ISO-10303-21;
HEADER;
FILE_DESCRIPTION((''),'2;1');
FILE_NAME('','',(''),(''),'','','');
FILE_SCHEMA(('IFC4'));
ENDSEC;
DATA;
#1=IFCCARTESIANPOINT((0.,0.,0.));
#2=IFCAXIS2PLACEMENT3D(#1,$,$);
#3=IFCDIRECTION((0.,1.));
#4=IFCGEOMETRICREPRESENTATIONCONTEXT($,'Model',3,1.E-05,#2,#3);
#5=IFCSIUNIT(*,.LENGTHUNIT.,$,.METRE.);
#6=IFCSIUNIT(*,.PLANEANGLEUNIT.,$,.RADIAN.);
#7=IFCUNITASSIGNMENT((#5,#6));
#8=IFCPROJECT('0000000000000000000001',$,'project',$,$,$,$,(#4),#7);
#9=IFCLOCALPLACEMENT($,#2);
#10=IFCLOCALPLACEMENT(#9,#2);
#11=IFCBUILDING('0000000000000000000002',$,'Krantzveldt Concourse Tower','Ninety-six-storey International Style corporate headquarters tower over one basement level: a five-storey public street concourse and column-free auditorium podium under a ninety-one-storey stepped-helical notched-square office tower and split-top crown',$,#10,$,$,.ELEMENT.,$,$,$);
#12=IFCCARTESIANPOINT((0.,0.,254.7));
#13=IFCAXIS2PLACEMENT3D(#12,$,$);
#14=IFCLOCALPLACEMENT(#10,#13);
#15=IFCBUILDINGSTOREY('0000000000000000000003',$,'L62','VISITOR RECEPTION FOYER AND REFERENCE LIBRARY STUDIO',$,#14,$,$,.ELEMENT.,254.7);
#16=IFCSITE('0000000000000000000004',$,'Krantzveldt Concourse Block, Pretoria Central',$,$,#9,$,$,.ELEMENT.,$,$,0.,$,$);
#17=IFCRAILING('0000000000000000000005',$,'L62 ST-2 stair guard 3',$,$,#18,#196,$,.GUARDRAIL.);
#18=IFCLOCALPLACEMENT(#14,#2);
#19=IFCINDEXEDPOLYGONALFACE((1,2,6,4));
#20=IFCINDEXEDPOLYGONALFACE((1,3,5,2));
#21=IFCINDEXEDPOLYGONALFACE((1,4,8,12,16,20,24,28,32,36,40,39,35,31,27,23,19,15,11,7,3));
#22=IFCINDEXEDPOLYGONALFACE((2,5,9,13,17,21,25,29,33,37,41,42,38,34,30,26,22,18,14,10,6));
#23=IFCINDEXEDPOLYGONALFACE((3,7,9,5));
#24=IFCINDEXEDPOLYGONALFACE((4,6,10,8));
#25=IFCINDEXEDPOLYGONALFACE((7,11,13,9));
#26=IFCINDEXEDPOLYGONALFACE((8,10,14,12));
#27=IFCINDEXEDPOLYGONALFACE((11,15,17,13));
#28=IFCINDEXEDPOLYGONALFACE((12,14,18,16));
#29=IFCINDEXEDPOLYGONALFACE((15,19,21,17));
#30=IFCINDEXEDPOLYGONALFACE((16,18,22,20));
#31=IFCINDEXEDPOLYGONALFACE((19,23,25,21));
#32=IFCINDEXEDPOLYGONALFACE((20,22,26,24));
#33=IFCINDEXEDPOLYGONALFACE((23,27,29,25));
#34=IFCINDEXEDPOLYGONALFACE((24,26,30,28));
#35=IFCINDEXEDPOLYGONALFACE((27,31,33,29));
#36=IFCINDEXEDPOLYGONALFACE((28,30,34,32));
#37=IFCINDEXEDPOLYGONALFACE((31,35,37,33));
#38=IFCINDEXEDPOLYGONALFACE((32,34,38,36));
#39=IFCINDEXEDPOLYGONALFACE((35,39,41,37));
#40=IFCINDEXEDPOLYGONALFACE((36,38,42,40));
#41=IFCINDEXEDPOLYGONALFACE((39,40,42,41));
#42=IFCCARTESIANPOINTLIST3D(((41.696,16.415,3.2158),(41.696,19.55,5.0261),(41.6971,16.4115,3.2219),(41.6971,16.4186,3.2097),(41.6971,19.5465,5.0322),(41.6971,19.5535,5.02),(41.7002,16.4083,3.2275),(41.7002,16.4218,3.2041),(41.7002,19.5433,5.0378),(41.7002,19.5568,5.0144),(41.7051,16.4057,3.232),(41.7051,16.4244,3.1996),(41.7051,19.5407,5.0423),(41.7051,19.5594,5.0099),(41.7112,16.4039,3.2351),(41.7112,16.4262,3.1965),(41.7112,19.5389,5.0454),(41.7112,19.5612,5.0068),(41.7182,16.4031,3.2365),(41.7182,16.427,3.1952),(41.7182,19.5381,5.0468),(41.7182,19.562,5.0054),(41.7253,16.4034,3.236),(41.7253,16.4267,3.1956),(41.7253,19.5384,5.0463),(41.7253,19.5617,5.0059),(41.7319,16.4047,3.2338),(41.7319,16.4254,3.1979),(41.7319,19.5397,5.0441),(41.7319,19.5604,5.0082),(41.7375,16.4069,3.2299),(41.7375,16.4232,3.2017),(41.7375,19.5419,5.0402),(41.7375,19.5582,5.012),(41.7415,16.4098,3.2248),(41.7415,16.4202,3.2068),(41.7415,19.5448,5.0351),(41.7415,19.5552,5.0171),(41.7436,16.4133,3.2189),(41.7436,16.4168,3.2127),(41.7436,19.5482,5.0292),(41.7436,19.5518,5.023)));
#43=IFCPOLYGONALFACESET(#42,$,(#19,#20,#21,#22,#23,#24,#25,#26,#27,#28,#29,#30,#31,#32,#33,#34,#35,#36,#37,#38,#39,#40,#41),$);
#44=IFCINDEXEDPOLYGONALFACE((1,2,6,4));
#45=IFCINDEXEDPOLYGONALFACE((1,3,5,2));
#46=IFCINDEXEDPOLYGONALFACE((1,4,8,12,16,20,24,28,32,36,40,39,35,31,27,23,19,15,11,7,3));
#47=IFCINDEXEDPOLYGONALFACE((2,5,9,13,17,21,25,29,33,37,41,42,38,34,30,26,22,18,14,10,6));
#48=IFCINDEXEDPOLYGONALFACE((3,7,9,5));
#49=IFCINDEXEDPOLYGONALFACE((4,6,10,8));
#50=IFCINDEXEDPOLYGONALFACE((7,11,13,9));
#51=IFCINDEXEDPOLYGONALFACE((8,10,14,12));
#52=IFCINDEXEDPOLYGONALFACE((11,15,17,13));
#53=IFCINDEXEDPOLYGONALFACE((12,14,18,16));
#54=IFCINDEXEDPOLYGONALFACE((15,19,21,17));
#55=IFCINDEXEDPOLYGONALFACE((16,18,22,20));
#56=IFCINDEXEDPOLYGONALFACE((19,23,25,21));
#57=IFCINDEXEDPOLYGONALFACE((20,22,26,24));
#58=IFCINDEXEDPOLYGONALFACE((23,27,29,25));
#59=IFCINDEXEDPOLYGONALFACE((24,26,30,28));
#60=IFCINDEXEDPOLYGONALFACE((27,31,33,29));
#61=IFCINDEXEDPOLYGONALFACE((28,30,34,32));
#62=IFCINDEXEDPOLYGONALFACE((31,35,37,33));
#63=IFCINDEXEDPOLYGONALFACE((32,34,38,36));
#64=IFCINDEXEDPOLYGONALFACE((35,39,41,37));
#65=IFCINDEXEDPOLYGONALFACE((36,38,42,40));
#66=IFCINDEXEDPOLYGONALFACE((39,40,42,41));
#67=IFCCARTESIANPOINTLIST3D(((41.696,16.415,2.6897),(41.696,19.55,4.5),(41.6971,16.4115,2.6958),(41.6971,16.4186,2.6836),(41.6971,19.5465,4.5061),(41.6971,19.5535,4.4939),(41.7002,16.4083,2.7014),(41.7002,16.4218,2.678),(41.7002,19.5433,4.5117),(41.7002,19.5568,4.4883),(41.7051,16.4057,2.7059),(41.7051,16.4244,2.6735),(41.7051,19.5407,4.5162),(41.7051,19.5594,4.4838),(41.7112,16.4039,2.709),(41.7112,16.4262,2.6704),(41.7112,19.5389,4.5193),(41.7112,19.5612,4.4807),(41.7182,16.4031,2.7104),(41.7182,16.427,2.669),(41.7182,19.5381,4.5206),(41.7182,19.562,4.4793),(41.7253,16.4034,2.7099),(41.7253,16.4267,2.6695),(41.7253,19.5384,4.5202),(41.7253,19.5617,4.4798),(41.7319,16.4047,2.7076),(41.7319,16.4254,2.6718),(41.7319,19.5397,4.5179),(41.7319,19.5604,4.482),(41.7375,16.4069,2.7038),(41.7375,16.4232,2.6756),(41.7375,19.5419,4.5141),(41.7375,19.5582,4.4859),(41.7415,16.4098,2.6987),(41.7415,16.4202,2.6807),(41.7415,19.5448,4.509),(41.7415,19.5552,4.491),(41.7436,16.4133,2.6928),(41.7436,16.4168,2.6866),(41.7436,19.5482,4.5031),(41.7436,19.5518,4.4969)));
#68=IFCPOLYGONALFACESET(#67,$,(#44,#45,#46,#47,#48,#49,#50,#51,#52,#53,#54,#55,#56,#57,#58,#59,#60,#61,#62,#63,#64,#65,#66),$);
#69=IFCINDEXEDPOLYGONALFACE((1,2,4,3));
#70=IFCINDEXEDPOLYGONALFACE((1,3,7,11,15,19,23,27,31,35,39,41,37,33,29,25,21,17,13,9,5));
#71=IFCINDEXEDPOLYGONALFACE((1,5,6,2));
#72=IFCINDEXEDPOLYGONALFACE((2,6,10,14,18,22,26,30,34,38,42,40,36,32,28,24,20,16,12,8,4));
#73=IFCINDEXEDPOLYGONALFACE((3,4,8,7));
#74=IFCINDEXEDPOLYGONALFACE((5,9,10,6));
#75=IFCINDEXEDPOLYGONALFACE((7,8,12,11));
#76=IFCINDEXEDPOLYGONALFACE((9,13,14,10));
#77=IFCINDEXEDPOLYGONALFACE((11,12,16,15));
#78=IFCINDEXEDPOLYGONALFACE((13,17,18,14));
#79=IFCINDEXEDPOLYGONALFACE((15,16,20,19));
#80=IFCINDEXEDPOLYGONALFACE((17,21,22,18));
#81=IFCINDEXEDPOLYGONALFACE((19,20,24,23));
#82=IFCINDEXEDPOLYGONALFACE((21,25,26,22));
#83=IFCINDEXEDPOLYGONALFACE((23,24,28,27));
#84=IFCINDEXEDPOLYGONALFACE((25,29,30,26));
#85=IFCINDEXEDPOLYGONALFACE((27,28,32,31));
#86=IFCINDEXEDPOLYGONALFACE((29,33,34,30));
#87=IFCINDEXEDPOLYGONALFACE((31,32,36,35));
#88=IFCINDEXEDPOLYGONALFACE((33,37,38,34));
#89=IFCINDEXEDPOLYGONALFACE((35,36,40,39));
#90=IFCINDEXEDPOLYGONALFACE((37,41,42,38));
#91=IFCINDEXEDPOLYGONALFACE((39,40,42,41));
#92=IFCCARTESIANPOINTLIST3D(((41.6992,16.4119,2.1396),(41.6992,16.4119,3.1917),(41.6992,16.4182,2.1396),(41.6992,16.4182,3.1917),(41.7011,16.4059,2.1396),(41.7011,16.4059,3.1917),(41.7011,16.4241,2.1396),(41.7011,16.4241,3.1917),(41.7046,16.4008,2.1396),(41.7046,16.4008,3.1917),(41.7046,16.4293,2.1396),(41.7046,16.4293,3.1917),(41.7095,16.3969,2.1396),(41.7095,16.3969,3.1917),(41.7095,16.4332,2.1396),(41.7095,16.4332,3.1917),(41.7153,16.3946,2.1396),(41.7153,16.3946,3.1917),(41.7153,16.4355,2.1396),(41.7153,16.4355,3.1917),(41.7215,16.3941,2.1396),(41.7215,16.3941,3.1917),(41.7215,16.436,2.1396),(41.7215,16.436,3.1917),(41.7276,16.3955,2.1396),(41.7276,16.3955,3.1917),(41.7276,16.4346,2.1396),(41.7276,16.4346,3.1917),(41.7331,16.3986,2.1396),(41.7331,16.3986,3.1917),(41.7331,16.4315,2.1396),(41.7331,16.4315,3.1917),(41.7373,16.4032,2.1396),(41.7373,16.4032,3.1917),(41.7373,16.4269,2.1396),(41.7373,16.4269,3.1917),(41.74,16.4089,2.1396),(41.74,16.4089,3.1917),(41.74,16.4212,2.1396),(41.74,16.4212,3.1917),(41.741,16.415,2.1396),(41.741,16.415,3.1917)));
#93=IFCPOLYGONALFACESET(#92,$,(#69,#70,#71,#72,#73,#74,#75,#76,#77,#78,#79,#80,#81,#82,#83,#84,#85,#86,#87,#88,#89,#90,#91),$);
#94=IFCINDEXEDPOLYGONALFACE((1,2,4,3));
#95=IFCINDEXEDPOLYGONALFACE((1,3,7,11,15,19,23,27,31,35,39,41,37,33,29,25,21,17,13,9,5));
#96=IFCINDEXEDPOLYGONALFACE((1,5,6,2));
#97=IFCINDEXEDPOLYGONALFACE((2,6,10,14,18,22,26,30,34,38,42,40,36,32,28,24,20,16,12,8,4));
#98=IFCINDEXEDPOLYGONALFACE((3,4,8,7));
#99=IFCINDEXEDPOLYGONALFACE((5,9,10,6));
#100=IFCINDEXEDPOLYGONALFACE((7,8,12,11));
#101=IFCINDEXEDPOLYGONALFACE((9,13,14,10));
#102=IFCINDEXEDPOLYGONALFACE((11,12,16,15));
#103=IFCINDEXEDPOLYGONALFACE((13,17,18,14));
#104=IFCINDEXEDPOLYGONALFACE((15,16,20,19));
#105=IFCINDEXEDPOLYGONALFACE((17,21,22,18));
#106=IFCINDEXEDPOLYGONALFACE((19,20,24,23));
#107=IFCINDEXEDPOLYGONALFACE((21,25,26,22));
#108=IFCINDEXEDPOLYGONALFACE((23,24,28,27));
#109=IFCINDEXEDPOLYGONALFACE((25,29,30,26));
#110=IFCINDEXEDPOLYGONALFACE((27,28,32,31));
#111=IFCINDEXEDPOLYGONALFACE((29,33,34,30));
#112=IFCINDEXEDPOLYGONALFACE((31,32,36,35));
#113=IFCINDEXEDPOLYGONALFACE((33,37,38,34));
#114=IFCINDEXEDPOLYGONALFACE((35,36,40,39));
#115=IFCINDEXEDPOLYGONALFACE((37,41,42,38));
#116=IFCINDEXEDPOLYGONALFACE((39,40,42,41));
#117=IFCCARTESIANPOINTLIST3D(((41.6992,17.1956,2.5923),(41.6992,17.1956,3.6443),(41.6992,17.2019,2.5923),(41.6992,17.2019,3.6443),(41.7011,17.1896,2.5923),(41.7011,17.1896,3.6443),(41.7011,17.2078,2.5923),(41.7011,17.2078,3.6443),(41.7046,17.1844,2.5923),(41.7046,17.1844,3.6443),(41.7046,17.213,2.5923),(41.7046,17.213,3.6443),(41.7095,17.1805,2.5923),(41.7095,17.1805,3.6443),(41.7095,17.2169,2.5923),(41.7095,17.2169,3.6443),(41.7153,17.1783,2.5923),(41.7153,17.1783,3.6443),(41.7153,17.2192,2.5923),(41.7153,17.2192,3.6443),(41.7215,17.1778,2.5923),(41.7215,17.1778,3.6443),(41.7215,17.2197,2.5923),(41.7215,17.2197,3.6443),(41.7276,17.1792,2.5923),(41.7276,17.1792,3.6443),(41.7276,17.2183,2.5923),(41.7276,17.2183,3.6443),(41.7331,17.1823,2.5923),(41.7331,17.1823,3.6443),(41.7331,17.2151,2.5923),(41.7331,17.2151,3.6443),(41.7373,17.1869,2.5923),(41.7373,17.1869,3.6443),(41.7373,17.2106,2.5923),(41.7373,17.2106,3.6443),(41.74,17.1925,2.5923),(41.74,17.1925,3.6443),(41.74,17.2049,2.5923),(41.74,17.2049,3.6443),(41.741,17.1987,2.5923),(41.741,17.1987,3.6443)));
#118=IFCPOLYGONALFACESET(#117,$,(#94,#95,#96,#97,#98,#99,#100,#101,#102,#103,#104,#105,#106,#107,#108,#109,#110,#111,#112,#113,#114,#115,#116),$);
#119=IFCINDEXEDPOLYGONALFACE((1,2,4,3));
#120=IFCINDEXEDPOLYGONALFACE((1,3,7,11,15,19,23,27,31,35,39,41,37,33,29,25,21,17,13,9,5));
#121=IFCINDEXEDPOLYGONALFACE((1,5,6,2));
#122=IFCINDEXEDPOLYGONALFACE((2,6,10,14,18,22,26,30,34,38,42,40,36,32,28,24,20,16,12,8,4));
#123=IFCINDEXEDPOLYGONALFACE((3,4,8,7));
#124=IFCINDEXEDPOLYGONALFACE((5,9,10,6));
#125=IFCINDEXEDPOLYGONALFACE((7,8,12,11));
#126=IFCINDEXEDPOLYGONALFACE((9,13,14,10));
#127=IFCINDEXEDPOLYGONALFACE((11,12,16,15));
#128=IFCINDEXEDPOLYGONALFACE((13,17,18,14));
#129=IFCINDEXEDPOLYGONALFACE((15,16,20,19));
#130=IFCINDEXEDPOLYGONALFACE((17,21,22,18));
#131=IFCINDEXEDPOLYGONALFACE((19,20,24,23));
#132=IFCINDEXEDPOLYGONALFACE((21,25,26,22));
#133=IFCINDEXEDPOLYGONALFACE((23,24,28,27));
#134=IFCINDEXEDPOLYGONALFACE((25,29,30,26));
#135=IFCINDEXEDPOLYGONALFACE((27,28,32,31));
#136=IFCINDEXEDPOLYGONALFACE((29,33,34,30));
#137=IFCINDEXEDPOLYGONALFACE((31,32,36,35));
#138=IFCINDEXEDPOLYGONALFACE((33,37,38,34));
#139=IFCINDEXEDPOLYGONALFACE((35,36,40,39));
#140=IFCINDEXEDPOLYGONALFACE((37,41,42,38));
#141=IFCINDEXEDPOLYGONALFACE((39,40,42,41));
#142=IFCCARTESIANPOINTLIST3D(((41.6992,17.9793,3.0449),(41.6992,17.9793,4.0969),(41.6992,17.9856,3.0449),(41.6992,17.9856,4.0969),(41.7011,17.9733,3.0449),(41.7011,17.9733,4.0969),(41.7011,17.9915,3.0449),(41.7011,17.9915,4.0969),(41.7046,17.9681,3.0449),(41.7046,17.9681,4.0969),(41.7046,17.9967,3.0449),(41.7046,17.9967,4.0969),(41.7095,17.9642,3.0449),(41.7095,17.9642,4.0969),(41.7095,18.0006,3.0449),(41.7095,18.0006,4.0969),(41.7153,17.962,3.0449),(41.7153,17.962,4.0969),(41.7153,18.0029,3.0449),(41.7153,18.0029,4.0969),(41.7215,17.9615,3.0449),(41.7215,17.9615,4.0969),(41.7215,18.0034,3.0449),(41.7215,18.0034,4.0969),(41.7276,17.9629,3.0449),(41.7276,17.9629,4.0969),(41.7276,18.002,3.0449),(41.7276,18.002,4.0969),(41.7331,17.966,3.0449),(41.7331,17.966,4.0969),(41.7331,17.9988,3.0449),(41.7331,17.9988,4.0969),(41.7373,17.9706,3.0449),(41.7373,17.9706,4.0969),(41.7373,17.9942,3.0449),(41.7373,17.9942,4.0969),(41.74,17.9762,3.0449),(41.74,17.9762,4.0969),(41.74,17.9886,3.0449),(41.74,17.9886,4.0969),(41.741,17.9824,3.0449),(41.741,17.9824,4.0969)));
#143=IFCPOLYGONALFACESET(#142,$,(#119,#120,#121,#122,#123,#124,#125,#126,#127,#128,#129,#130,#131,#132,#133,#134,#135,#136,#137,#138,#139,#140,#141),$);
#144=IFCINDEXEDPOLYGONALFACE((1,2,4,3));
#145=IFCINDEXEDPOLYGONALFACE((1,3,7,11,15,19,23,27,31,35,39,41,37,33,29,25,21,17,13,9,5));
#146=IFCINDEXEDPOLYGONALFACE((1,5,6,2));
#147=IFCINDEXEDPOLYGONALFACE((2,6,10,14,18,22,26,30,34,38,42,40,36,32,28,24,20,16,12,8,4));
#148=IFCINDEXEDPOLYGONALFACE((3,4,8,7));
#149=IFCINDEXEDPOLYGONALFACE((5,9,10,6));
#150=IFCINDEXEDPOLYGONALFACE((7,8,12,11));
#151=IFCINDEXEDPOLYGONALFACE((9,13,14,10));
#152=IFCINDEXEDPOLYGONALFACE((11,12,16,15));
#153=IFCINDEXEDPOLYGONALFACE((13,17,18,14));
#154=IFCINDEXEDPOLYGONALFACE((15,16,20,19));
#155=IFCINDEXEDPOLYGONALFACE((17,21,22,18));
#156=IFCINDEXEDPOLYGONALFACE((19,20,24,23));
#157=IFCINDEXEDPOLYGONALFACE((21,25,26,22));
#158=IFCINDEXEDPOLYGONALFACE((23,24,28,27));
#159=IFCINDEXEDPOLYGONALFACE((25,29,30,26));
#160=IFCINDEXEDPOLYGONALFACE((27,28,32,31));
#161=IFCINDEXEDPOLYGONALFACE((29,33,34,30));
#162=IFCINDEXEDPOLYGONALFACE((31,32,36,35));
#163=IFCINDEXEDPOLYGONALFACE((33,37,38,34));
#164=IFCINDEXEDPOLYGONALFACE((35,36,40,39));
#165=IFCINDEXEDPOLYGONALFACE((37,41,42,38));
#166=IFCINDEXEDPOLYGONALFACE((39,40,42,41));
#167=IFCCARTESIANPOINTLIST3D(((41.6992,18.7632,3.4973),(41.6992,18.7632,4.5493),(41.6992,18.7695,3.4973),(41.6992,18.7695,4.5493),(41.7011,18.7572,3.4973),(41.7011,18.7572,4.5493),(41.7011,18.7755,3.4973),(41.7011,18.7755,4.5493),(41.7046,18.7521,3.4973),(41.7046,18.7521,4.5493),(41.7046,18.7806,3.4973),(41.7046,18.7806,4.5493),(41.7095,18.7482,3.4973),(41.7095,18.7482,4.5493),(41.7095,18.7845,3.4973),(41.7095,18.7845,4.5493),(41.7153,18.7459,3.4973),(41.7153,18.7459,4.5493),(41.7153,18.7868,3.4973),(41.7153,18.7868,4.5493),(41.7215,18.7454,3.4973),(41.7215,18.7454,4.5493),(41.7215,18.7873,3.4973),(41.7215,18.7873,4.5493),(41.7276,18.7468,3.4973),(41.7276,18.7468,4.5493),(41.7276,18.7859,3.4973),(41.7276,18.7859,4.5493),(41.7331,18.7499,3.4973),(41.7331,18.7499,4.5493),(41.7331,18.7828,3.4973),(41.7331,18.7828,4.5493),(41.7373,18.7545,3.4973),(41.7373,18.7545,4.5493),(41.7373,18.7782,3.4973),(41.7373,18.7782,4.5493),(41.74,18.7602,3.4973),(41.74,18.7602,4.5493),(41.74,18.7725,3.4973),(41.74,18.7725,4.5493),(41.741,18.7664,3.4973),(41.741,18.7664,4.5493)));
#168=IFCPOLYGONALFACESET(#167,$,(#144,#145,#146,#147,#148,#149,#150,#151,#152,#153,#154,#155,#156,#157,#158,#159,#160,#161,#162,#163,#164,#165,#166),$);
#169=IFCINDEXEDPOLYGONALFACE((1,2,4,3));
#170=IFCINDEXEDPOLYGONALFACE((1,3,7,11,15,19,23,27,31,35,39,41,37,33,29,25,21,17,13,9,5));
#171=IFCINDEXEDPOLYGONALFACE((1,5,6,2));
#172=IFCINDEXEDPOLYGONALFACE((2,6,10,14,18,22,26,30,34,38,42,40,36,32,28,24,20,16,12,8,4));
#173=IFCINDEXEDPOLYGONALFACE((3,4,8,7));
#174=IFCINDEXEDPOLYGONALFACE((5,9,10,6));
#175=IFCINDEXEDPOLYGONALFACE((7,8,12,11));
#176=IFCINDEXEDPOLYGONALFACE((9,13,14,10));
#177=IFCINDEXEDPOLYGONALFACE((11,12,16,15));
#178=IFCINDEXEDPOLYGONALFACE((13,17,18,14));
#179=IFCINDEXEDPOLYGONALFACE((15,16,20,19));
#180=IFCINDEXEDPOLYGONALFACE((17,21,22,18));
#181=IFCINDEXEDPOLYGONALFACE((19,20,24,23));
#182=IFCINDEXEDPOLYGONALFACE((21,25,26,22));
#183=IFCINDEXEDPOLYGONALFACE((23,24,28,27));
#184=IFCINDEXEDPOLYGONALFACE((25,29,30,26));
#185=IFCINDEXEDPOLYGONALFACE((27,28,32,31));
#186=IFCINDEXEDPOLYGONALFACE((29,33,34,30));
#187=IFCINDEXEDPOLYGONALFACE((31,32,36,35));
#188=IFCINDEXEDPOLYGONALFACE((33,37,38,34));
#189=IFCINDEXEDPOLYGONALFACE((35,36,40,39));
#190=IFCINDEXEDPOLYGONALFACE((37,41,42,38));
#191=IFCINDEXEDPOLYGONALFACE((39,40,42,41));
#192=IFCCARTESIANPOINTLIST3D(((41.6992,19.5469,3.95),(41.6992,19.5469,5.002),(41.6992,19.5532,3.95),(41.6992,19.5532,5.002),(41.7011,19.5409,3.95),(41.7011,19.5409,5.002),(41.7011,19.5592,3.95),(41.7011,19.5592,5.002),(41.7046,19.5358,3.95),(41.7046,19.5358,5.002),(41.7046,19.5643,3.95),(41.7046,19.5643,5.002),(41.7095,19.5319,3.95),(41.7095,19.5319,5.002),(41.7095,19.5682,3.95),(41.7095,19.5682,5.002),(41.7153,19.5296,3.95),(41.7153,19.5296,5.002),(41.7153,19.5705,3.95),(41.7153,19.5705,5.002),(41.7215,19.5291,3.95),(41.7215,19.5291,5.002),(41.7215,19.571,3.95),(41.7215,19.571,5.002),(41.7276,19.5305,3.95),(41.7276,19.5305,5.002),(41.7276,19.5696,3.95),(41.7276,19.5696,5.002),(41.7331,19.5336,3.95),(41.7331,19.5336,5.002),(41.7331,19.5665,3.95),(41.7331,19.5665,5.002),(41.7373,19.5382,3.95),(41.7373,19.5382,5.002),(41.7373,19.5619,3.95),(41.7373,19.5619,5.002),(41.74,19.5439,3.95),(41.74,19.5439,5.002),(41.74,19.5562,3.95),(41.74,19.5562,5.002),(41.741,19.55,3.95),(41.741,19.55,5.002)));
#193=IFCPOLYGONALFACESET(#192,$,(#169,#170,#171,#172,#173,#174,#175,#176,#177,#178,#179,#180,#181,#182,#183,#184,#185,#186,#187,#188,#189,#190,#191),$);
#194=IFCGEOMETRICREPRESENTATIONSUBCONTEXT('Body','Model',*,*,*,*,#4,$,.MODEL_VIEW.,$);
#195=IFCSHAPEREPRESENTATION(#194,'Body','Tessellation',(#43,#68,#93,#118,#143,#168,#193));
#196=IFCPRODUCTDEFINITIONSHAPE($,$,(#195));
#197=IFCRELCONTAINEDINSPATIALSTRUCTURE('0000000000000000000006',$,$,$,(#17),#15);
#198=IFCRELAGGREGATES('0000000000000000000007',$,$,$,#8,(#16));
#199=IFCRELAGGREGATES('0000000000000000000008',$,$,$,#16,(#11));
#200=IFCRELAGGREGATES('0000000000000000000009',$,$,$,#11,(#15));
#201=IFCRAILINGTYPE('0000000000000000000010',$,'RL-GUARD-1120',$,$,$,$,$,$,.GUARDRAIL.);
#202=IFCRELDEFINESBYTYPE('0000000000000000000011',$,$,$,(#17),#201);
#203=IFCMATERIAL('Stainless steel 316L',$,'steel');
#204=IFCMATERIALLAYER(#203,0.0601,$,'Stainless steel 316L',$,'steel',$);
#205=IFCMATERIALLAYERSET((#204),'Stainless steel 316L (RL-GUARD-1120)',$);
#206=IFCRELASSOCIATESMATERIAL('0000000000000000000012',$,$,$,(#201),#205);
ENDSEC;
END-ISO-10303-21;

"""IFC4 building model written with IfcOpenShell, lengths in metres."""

from ifc_helpers import new_model, si_unit, direction, frame, origin, origin_2d, place, context, subcontext, project, spatial, circle, extrude, material, layer, layer_set, type_object, element, save


model = new_model("IFC4")

# Units and contexts
model_context = context("Model", 3, precision=1e-05, world=origin(), true_north=direction((0.0, 1.0)))
body_context = subcontext(model_context, "Body", "Model", "MODEL_VIEW")
ifc_project = project(units=[si_unit("LENGTHUNIT", "METRE"), si_unit("PLANEANGLEUNIT", "RADIAN")], contexts=[model_context])

# Site, building, storey
site_placement = place(None, origin())
site = spatial("IfcSite", under=ifc_project, at=site_placement, Name="Krantzveldt Concourse Block, Pretoria Central", CompositionType="ELEMENT", RefElevation=0.0)
building_placement = place(site_placement, origin())
building = spatial("IfcBuilding", under=site, at=building_placement, Name="Krantzveldt Concourse Tower", Description="Ninety-six-storey International Style corporate headquarters tower over one basement level: a five-storey public street concourse and column-free auditorium podium under a ninety-one-storey stepped-helical notched-square office tower and split-top crown", CompositionType="ELEMENT")
storey_placement = place(building_placement, frame((0.0, 0.0, 254.7)))
storey = spatial("IfcBuildingStorey", under=building, at=storey_placement, Name="L62", Description="VISITOR RECEPTION FOYER AND REFERENCE LIBRARY STUDIO", CompositionType="ELEMENT", Elevation=254.7)

# Shared definitions
ifc_material_1 = material(Name="Stainless steel 316L", Category="steel")

# Railing
ifc_layer_1 = layer(ifc_material_1, 0.0601, Name="Stainless steel 316L", Category="steel")
ifc_layer_set_1 = layer_set([ifc_layer_1], Name="Stainless steel 316L (RL-GUARD-1120)")
railing_type_1 = type_object("IfcRailingType", Name="RL-GUARD-1120", PredefinedType="GUARDRAIL", material=ifc_layer_set_1)
railing_1_placement = place(storey_placement, frame((41.72, 16.415, 2.1396)))
element("IfcRailing", 1, at=railing_1_placement, inside=storey, type_object=railing_type_1, Name="L62 ST-2 stair guard 3", PredefinedType="GUARDRAIL", context=body_context, shape_type="SweptSolid", body=[
    extrude(circle(Radius=0.0239, at=origin_2d()), frame((0.0, 0.0, 1.0762), z_axis=(0.0, 0.865989, 0.500063), x_axis=(-1.0, 0.0, 0.0)), (0.0, 0.0, 1.0), 3.6201),
    extrude(circle(Radius=0.0239, at=origin_2d()), frame((0.0, 0.0, 0.55), z_axis=(0.0, 0.865989, 0.500063), x_axis=(-1.0, 0.0, 0.0)), (0.0, 0.0, 1.0), 3.6201),
    extrude(circle(Radius=0.021, at=origin_2d()), origin(), (0.0, 0.0, 1.0), 1.052),
    extrude(circle(Radius=0.021, at=origin_2d()), frame((0.0, 0.7837, 0.4526)), (0.0, 0.0, 1.0), 1.052),
    extrude(circle(Radius=0.021, at=origin_2d()), frame((0.0, 1.5674, 0.9053)), (0.0, 0.0, 1.0), 1.052),
    extrude(circle(Radius=0.021, at=origin_2d()), frame((0.0, 2.3513, 1.3577)), (0.0, 0.0, 1.0), 1.052),
    extrude(circle(Radius=0.021, at=origin_2d()), frame((0.0, 3.135, 1.8103)), (0.0, 0.0, 1.0), 1.052),
])

save(model, "model.ifc")
